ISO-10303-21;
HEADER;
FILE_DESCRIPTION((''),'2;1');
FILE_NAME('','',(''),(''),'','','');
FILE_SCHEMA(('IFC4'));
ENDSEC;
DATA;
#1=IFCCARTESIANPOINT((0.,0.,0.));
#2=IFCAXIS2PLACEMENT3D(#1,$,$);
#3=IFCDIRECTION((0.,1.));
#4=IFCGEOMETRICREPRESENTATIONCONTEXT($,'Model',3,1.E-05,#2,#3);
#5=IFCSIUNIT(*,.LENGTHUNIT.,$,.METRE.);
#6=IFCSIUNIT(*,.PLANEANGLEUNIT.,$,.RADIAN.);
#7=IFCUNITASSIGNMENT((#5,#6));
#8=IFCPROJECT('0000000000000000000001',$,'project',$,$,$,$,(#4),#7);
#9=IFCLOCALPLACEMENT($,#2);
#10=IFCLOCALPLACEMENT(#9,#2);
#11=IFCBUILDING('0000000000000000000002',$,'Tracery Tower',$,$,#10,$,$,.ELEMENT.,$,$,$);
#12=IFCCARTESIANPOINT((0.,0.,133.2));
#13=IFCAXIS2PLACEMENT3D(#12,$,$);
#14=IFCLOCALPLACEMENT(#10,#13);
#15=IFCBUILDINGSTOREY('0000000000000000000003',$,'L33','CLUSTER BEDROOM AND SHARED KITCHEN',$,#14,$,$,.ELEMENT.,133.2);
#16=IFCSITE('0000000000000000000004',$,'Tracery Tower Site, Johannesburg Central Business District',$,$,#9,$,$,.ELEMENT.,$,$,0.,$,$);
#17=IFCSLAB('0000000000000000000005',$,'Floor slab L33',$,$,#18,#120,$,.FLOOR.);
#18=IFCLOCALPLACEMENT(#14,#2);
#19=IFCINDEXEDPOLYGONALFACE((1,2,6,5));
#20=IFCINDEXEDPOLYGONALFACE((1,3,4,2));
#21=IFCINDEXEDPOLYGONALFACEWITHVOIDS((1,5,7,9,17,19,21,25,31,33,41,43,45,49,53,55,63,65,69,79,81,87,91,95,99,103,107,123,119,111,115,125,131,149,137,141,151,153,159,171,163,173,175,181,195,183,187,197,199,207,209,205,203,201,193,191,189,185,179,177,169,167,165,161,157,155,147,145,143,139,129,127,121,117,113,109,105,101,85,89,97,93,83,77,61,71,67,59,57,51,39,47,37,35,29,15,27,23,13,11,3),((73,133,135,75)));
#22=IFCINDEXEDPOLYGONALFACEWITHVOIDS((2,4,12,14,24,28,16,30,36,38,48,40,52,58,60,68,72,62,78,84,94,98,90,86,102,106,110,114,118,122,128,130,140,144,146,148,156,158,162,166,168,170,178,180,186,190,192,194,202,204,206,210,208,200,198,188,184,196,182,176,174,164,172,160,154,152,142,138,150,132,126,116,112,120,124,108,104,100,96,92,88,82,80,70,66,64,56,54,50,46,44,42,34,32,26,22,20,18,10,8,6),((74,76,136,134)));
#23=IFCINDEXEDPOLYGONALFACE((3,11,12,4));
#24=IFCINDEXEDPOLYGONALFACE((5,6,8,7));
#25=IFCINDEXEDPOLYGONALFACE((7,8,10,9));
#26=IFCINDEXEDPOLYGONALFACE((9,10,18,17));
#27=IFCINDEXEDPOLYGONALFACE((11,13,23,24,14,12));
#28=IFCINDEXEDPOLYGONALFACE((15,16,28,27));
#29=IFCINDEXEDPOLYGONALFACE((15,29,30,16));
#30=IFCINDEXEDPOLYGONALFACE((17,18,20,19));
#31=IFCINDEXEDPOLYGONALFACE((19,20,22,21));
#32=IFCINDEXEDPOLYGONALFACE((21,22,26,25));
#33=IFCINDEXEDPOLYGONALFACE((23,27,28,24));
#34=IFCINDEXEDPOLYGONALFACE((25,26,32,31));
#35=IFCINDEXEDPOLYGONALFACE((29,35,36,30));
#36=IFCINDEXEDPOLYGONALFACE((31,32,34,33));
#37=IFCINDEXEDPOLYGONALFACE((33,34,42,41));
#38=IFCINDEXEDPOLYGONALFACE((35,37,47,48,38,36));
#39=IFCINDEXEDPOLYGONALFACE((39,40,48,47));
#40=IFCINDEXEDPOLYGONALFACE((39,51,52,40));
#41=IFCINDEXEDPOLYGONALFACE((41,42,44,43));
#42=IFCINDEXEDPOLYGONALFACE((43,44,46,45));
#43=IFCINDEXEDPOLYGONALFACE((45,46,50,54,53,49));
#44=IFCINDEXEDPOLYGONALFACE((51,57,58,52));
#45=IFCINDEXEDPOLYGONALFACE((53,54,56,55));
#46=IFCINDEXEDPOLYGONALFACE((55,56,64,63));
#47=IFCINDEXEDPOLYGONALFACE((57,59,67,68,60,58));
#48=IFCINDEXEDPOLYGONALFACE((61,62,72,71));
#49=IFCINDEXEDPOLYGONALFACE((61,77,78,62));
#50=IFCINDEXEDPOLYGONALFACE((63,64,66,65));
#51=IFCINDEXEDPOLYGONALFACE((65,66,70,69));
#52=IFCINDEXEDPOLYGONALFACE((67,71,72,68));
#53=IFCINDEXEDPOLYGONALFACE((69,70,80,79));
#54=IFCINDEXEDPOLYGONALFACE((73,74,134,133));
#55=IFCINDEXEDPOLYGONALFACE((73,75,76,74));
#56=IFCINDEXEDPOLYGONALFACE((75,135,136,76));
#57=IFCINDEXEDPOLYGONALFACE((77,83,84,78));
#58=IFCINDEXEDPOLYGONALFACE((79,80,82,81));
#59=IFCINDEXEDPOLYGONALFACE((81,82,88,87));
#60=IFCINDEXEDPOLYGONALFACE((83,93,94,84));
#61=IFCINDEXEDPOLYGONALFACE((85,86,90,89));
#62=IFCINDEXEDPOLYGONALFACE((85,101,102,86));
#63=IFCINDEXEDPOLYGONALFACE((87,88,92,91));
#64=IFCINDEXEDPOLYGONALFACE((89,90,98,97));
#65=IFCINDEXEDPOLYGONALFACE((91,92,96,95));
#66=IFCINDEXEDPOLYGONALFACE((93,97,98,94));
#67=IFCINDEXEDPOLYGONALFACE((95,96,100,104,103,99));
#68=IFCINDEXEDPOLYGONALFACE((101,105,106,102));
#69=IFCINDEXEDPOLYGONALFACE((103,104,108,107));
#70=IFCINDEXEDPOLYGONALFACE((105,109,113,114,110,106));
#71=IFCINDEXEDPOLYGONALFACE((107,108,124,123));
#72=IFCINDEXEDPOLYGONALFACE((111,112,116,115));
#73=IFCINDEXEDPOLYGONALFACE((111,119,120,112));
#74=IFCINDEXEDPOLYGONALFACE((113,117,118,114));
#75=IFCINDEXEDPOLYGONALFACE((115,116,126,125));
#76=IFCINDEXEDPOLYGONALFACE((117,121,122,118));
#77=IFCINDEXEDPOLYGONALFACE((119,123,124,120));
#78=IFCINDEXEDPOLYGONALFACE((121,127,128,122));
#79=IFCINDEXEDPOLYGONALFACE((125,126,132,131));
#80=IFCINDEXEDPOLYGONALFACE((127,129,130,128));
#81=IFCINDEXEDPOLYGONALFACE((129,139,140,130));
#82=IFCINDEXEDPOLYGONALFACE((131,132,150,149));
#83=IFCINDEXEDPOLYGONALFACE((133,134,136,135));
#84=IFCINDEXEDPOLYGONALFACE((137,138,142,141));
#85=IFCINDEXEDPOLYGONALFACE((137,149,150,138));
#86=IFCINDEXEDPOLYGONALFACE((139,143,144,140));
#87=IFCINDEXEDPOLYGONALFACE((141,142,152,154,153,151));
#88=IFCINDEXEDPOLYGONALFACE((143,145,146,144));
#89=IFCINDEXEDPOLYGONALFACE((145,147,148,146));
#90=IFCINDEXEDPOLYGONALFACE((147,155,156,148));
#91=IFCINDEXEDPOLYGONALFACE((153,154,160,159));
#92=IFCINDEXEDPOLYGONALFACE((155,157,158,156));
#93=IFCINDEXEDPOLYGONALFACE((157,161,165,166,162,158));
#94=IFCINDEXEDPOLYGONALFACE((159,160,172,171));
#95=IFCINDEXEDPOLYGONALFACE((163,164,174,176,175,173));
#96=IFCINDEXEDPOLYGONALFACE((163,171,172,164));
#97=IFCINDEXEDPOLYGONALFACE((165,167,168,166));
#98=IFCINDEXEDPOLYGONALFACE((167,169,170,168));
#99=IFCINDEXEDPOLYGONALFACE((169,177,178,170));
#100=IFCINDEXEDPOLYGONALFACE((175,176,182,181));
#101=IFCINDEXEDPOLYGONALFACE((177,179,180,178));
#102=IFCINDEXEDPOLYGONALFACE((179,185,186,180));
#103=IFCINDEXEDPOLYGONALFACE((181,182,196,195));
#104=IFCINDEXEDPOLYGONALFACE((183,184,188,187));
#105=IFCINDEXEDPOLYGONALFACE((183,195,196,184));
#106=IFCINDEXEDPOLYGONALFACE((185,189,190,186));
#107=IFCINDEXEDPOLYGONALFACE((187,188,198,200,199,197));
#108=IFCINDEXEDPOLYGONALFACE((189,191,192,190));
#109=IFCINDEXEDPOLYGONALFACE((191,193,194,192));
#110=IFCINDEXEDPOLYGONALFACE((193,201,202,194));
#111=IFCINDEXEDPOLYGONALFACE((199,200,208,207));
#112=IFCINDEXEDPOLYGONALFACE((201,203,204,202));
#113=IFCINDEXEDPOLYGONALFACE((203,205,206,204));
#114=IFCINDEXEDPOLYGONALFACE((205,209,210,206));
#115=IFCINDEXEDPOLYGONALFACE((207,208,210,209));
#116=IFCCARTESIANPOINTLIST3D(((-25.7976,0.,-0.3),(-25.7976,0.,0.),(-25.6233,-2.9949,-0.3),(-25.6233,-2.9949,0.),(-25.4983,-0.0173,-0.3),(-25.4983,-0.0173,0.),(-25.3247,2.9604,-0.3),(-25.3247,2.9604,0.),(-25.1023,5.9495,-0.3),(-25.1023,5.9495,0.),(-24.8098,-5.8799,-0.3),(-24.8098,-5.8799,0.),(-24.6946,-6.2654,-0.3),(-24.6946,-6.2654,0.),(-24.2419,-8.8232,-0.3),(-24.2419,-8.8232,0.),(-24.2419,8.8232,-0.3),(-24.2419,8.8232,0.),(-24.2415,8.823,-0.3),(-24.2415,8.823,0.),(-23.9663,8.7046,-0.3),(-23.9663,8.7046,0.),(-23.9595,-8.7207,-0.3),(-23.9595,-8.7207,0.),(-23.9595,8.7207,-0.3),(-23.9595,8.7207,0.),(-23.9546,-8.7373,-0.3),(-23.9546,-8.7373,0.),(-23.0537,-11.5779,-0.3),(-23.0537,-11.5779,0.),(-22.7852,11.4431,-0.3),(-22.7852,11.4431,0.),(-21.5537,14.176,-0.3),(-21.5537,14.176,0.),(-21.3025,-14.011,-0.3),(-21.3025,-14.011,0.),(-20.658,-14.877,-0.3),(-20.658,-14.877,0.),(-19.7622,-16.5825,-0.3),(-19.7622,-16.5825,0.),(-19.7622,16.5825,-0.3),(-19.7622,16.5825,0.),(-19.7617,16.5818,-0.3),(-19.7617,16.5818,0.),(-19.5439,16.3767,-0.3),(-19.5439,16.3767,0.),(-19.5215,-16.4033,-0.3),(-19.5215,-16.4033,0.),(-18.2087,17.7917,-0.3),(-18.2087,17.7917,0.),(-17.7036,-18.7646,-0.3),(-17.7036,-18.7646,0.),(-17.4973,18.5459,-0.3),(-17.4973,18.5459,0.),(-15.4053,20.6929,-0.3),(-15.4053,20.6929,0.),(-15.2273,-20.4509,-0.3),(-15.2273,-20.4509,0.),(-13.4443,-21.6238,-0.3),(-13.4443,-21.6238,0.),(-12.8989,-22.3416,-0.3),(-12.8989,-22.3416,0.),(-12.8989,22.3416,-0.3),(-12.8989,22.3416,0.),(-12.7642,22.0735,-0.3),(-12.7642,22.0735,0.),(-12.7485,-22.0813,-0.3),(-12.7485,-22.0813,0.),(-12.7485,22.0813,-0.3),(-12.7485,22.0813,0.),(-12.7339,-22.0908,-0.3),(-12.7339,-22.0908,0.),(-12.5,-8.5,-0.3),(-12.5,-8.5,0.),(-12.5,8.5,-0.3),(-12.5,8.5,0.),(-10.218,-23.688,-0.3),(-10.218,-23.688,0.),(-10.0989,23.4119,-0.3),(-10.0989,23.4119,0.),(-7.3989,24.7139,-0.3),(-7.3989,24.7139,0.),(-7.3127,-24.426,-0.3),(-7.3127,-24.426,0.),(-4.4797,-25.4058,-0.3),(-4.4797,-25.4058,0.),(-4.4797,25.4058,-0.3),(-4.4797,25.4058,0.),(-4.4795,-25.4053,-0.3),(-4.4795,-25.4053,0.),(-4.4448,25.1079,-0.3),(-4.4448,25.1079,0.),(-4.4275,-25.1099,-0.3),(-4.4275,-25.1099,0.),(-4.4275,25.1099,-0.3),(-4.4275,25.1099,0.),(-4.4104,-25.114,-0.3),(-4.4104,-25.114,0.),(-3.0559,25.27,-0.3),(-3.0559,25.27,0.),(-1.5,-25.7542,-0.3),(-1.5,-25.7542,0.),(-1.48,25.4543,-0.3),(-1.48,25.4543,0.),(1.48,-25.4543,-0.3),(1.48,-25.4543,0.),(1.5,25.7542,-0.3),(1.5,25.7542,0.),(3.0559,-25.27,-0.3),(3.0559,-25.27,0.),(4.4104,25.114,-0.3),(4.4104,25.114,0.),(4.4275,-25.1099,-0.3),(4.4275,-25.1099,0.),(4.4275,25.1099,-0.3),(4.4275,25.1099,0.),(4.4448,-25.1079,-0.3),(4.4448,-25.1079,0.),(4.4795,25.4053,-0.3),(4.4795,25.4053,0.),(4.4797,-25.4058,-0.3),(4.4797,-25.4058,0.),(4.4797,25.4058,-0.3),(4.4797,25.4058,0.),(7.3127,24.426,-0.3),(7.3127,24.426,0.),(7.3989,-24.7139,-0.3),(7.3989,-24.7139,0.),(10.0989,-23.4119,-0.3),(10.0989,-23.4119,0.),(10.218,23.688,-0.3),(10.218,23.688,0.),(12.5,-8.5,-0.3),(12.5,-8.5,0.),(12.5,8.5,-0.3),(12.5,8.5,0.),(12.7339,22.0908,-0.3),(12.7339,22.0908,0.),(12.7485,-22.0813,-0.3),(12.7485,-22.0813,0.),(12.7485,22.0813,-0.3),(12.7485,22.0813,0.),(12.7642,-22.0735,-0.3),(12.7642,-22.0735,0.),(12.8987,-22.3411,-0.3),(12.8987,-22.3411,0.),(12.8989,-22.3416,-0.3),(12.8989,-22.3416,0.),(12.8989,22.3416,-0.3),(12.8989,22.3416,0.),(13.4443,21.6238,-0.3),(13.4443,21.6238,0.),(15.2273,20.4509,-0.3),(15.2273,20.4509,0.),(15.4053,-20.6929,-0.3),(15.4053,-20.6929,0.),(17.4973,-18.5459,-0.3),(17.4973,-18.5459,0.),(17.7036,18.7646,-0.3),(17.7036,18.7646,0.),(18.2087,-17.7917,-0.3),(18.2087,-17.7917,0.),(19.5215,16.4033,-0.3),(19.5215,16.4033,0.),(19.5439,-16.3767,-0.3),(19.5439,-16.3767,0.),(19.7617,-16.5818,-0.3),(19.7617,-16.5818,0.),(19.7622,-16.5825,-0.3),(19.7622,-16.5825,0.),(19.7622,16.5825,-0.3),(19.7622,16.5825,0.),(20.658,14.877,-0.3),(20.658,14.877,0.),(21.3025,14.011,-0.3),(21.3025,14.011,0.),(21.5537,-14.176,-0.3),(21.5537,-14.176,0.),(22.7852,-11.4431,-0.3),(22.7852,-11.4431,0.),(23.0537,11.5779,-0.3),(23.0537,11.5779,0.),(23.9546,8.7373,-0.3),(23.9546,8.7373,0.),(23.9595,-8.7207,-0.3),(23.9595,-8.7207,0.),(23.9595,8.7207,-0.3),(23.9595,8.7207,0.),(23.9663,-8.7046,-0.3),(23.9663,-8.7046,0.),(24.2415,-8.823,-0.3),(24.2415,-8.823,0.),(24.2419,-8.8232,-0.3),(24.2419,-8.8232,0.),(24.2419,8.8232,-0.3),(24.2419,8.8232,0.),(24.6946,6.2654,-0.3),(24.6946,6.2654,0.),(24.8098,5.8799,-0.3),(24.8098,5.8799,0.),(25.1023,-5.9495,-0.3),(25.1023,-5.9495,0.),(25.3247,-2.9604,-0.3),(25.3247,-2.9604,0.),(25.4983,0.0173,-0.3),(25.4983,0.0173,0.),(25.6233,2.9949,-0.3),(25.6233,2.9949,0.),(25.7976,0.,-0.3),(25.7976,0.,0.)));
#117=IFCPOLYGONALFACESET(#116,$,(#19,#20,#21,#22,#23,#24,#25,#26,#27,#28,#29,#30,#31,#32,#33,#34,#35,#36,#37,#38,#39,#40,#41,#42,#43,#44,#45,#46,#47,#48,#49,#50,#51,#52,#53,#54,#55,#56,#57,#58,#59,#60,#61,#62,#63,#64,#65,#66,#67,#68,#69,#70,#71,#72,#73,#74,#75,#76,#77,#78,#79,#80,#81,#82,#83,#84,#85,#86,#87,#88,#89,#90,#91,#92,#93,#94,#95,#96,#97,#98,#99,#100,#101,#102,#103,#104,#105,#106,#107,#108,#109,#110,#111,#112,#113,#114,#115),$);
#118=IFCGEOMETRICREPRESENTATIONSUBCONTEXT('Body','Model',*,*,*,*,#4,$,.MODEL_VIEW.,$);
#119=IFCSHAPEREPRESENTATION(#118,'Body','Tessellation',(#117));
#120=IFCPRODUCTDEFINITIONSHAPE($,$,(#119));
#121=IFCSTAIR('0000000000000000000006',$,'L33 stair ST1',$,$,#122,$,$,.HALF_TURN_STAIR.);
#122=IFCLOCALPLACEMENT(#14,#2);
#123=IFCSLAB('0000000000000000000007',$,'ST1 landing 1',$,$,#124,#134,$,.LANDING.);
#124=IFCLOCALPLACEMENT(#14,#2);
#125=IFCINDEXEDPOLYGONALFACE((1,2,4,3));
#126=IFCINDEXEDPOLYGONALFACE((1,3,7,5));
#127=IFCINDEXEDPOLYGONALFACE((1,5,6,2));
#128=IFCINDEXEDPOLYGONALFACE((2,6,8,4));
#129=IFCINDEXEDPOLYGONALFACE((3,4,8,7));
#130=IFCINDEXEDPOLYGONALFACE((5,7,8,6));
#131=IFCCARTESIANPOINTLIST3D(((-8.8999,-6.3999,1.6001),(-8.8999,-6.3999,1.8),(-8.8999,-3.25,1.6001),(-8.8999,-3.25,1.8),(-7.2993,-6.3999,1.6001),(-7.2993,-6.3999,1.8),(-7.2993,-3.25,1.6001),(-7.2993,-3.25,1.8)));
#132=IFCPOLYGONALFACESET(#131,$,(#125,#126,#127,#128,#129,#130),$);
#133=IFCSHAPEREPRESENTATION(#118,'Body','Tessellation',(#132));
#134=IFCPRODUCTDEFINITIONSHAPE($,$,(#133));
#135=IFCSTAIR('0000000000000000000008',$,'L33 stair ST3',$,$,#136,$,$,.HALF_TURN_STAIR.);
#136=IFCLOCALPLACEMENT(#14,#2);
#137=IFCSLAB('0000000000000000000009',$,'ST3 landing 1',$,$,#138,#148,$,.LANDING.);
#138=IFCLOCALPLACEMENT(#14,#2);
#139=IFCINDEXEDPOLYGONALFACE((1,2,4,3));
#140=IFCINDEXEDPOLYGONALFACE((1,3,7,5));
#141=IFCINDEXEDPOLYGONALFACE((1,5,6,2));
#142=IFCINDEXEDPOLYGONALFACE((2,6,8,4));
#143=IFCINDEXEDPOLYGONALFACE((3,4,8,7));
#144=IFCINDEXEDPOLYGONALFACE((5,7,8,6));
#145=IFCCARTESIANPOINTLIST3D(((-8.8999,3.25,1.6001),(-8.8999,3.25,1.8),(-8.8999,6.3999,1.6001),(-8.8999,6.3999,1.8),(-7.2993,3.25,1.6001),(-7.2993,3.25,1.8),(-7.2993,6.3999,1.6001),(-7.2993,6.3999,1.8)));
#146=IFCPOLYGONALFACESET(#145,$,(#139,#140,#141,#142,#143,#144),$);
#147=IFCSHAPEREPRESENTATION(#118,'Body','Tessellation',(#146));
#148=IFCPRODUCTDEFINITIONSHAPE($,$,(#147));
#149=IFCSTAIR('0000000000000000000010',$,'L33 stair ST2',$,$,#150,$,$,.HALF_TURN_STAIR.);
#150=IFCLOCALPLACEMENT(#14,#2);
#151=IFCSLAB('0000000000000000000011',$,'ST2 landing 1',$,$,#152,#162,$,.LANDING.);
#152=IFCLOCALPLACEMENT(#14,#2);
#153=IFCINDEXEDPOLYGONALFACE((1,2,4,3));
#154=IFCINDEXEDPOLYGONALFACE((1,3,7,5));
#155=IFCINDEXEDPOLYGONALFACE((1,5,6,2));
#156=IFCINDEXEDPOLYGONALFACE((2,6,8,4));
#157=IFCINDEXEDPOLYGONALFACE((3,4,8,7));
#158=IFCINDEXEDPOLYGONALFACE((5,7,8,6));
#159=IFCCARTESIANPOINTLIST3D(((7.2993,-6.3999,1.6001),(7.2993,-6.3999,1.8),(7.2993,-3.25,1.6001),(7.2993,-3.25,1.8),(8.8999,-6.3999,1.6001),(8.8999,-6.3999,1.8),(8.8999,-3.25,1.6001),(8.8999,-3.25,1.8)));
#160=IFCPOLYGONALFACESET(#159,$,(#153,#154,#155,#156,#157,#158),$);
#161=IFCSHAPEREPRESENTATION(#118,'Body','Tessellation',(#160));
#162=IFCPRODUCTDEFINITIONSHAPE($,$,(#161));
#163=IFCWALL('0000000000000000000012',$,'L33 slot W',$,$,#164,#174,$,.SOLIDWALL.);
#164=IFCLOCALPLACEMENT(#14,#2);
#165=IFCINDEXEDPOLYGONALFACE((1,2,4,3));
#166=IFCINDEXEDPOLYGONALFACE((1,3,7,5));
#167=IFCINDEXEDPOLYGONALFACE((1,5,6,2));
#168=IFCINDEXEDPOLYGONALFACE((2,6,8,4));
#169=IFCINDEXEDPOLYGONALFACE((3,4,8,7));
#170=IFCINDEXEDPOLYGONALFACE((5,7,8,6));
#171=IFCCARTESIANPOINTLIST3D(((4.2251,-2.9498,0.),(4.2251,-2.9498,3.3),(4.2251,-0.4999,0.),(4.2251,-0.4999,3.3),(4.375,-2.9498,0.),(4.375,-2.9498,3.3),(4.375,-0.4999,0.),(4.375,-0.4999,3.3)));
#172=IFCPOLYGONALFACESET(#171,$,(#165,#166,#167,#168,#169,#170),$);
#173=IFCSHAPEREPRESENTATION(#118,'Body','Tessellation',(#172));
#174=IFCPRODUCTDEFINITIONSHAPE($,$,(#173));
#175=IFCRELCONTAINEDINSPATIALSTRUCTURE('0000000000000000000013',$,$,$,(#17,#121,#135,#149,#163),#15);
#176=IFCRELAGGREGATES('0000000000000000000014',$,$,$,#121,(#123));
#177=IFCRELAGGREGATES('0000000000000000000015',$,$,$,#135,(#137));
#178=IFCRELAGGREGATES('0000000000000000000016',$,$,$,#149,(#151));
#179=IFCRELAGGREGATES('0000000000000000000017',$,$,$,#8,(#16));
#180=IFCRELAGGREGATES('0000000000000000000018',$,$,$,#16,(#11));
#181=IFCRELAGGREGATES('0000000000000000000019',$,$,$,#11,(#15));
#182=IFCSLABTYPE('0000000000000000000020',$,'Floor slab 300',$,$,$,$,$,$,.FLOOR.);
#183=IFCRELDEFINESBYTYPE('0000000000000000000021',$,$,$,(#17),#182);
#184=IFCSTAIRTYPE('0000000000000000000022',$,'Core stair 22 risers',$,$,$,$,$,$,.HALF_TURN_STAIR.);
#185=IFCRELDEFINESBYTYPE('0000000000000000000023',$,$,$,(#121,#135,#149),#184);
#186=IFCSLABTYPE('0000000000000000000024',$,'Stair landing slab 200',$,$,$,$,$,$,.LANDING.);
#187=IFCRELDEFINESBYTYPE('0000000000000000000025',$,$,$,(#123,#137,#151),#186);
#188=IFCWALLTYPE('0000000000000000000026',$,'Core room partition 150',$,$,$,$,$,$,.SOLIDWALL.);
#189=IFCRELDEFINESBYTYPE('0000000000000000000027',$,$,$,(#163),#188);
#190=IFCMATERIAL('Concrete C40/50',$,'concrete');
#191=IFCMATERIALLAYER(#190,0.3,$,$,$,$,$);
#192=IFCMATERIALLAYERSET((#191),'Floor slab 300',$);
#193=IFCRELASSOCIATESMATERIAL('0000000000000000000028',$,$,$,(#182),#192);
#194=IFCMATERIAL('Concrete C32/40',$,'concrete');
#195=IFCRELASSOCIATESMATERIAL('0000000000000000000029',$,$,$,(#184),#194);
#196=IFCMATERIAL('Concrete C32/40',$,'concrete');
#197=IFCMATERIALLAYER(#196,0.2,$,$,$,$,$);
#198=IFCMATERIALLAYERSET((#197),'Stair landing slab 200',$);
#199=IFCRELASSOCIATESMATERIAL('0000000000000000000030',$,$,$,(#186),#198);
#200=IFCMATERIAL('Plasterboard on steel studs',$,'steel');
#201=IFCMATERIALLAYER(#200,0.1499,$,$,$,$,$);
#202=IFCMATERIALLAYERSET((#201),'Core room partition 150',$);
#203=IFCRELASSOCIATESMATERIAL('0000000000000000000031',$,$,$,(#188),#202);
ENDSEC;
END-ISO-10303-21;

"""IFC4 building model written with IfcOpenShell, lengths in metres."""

from ifc_helpers import new_model, si_unit, direction, frame, frame_2d, origin, place, context, subcontext, project, spatial, polyline, rectangle, outline, extrude, material, layer, layer_set, type_object, element, aggregate, save


model = new_model("IFC4")

# Units and contexts
model_context = context("Model", 3, precision=1e-05, world=origin(), true_north=direction((0.0, 1.0)))
body_context = subcontext(model_context, "Body", "Model", "MODEL_VIEW")
ifc_project = project(units=[si_unit("LENGTHUNIT", "METRE"), si_unit("PLANEANGLEUNIT", "RADIAN")], contexts=[model_context])

# Site, building, storey
site_placement = place(None, origin())
site = spatial("IfcSite", under=ifc_project, at=site_placement, Name="Tracery Tower Site, Johannesburg Central Business District", CompositionType="ELEMENT", RefElevation=0.0)
building_placement = place(site_placement, origin())
building = spatial("IfcBuilding", under=site, at=building_placement, Name="Tracery Tower", CompositionType="ELEMENT")
storey_placement = place(building_placement, frame((0.0, 0.0, 133.2)))
storey = spatial("IfcBuildingStorey", under=building, at=storey_placement, Name="L33", Description="CLUSTER BEDROOM AND SHARED KITCHEN", CompositionType="ELEMENT", Elevation=133.2)

# Slab
ifc_material_1 = material(Name="Concrete C40/50", Category="concrete")
ifc_layer_1 = layer(ifc_material_1, 0.3)
ifc_layer_set_1 = layer_set([ifc_layer_1], Name="Floor slab 300")
slab_type_1 = type_object("IfcSlabType", Name="Floor slab 300", PredefinedType="FLOOR", material=ifc_layer_set_1)
slab_1_placement = place(storey_placement, frame((0.0, 0.0, -0.3)))
element("IfcSlab", 1, at=slab_1_placement, inside=storey, type_object=slab_type_1, Name="Floor slab L33", PredefinedType="FLOOR", context=body_context, shape_type="SweptSolid", body=[
    extrude(outline(polyline([(24.8098, 5.8799), (24.6946, 6.2654), (23.9595, 8.7207), (23.9595, 8.7207), (23.9546, 8.7373), (24.2419, 8.8232), (23.0537, 11.5779), (21.3025, 14.011), (20.658, 14.877), (19.5215, 16.4033), (19.7622, 16.5825), (17.7036, 18.7646), (15.2273, 20.4509), (13.4443, 21.6238), (12.7485, 22.0813), (12.7485, 22.0813), (12.7339, 22.0908), (12.8989, 22.3416), (10.218, 23.688), (7.3127, 24.426), (4.4275, 25.1099), (4.4275, 25.1099), (4.4104, 25.114), (4.4795, 25.4053), (4.4797, 25.4058), (1.5, 25.7542), (-1.48, 25.4543), (-3.0559, 25.27), (-4.4275, 25.1099), (-4.4275, 25.1099), (-4.4448, 25.1079), (-4.4797, 25.4058), (-7.3989, 24.7139), (-10.0989, 23.4119), (-12.7485, 22.0813), (-12.7485, 22.0813), (-12.7642, 22.0735), (-12.8989, 22.3416), (-15.4053, 20.6929), (-17.4973, 18.5459), (-18.2087, 17.7917), (-19.5439, 16.3767), (-19.7617, 16.5818), (-19.7622, 16.5825), (-21.5537, 14.176), (-22.7852, 11.4431), (-23.9595, 8.7207), (-23.9595, 8.7207), (-23.9663, 8.7046), (-24.2415, 8.823), (-24.2419, 8.8232), (-25.1023, 5.9495), (-25.3247, 2.9604), (-25.4983, -0.0173), (-25.7976, 0.0), (-25.7976, 0.0), (-25.6233, -2.9949), (-24.8098, -5.8799), (-24.6946, -6.2654), (-23.9595, -8.7207), (-23.9595, -8.7207), (-23.9546, -8.7373), (-24.2419, -8.8232), (-23.0537, -11.5779), (-21.3025, -14.011), (-20.658, -14.877), (-19.5215, -16.4033), (-19.7622, -16.5825), (-17.7036, -18.7646), (-15.2273, -20.4509), (-13.4443, -21.6238), (-12.7485, -22.0813), (-12.7485, -22.0813), (-12.7339, -22.0908), (-12.8989, -22.3416), (-10.218, -23.688), (-7.3127, -24.426), (-4.4275, -25.1099), (-4.4275, -25.1099), (-4.4104, -25.114), (-4.4795, -25.4053), (-4.4797, -25.4058), (-1.5, -25.7542), (1.48, -25.4543), (3.0559, -25.27), (4.4275, -25.1099), (4.4275, -25.1099), (4.4448, -25.1079), (4.4797, -25.4058), (7.3989, -24.7139), (10.0989, -23.4119), (12.7485, -22.0813), (12.7485, -22.0813), (12.7642, -22.0735), (12.8987, -22.3411), (12.8989, -22.3416), (15.4053, -20.6929), (17.4973, -18.5459), (18.2087, -17.7917), (19.5439, -16.3767), (19.7617, -16.5818), (19.7622, -16.5825), (21.5537, -14.176), (22.7852, -11.4431), (23.9595, -8.7207), (23.9595, -8.7207), (23.9663, -8.7046), (24.2415, -8.823), (24.2419, -8.8232), (25.1023, -5.9495), (25.3247, -2.9604), (25.4983, 0.0173), (25.7976, 0.0), (25.6233, 2.9949), (24.8098, 5.8799)]), holes=[polyline([(-12.5, -8.5), (12.5, -8.5), (12.5, 8.5), (-12.5, 8.5), (-12.5, -8.5)])]), origin(), (0.0, 0.0, 1.0), 0.3),
])

# Stairs, slabs
ifc_material_2 = material(Name="Concrete C32/40", Category="concrete")
stair_type = type_object("IfcStairType", Name="Core stair 22 risers", PredefinedType="HALF_TURN_STAIR", material=ifc_material_2)
stair_1_placement = place(storey_placement, origin())
stair_1 = element("IfcStair", 2, at=stair_1_placement, inside=storey, type_object=stair_type, Name="L33 stair ST1", PredefinedType="HALF_TURN_STAIR")
ifc_material_3 = material(Name="Concrete C32/40", Category="concrete")
ifc_layer_2 = layer(ifc_material_3, 0.2)
ifc_layer_set_2 = layer_set([ifc_layer_2], Name="Stair landing slab 200")
slab_type_2 = type_object("IfcSlabType", Name="Stair landing slab 200", PredefinedType="LANDING", material=ifc_layer_set_2)
slab_2_placement = place(storey_placement, frame((0.0, 0.0, 1.6001)))
slab_2 = element("IfcSlab", 3, at=slab_2_placement, type_object=slab_type_2, Name="ST1 landing 1", PredefinedType="LANDING", context=body_context, shape_type="SweptSolid", body=[
    extrude(outline(polyline([(-7.2993, -3.25), (-8.8999, -3.25), (-8.8999, -6.3999), (-7.2993, -6.3999), (-7.2993, -3.25)])), origin(), (0.0, 0.0, 1.0), 0.2),
])
aggregate(stair_1, [slab_2])
stair_2_placement = place(storey_placement, origin())
stair_2 = element("IfcStair", 4, at=stair_2_placement, inside=storey, type_object=stair_type, Name="L33 stair ST3", PredefinedType="HALF_TURN_STAIR")
slab_3_placement = place(storey_placement, frame((0.0, 0.0, 1.6001)))
slab_3 = element("IfcSlab", 5, at=slab_3_placement, type_object=slab_type_2, Name="ST3 landing 1", PredefinedType="LANDING", context=body_context, shape_type="SweptSolid", body=[
    extrude(outline(polyline([(-7.2993, 6.3999), (-8.8999, 6.3999), (-8.8999, 3.25), (-7.2993, 3.25), (-7.2993, 6.3999)])), origin(), (0.0, 0.0, 1.0), 0.2),
])
aggregate(stair_2, [slab_3])
stair_3_placement = place(storey_placement, origin())
stair_3 = element("IfcStair", 6, at=stair_3_placement, inside=storey, type_object=stair_type, Name="L33 stair ST2", PredefinedType="HALF_TURN_STAIR")
slab_4_placement = place(storey_placement, frame((0.0, 0.0, 1.6001)))
slab_4 = element("IfcSlab", 7, at=slab_4_placement, type_object=slab_type_2, Name="ST2 landing 1", PredefinedType="LANDING", context=body_context, shape_type="SweptSolid", body=[
    extrude(outline(polyline([(7.2993, -6.3999), (8.8999, -6.3999), (8.8999, -3.25), (7.2993, -3.25), (7.2993, -6.3999)])), origin(), (0.0, 0.0, 1.0), 0.2),
])

# Wall
ifc_material_4 = material(Name="Plasterboard on steel studs", Category="steel")
ifc_layer_3 = layer(ifc_material_4, 0.1499)
ifc_layer_set_3 = layer_set([ifc_layer_3], Name="Core room partition 150")
wall_type_1 = type_object("IfcWallType", Name="Core room partition 150", PredefinedType="SOLIDWALL", material=ifc_layer_set_3)
wall_1_placement = place(storey_placement, frame((4.3, -2.95, 0.0), z_axis=(0.0, 0.0, 1.0), x_axis=(0.0, 1.0, 0.0)))
element("IfcWall", 8, at=wall_1_placement, inside=storey, type_object=wall_type_1, Name="L33 slot W", PredefinedType="SOLIDWALL", context=body_context, shape_type="SweptSolid", body=[
    extrude(rectangle(XDim=2.45, YDim=0.1499, at=frame_2d((1.2251, 0.0))), origin(), (0.0, 0.0, 1.0), 3.3),
])

aggregate(stair_3, [slab_4])

save(model, "model.ifc")
